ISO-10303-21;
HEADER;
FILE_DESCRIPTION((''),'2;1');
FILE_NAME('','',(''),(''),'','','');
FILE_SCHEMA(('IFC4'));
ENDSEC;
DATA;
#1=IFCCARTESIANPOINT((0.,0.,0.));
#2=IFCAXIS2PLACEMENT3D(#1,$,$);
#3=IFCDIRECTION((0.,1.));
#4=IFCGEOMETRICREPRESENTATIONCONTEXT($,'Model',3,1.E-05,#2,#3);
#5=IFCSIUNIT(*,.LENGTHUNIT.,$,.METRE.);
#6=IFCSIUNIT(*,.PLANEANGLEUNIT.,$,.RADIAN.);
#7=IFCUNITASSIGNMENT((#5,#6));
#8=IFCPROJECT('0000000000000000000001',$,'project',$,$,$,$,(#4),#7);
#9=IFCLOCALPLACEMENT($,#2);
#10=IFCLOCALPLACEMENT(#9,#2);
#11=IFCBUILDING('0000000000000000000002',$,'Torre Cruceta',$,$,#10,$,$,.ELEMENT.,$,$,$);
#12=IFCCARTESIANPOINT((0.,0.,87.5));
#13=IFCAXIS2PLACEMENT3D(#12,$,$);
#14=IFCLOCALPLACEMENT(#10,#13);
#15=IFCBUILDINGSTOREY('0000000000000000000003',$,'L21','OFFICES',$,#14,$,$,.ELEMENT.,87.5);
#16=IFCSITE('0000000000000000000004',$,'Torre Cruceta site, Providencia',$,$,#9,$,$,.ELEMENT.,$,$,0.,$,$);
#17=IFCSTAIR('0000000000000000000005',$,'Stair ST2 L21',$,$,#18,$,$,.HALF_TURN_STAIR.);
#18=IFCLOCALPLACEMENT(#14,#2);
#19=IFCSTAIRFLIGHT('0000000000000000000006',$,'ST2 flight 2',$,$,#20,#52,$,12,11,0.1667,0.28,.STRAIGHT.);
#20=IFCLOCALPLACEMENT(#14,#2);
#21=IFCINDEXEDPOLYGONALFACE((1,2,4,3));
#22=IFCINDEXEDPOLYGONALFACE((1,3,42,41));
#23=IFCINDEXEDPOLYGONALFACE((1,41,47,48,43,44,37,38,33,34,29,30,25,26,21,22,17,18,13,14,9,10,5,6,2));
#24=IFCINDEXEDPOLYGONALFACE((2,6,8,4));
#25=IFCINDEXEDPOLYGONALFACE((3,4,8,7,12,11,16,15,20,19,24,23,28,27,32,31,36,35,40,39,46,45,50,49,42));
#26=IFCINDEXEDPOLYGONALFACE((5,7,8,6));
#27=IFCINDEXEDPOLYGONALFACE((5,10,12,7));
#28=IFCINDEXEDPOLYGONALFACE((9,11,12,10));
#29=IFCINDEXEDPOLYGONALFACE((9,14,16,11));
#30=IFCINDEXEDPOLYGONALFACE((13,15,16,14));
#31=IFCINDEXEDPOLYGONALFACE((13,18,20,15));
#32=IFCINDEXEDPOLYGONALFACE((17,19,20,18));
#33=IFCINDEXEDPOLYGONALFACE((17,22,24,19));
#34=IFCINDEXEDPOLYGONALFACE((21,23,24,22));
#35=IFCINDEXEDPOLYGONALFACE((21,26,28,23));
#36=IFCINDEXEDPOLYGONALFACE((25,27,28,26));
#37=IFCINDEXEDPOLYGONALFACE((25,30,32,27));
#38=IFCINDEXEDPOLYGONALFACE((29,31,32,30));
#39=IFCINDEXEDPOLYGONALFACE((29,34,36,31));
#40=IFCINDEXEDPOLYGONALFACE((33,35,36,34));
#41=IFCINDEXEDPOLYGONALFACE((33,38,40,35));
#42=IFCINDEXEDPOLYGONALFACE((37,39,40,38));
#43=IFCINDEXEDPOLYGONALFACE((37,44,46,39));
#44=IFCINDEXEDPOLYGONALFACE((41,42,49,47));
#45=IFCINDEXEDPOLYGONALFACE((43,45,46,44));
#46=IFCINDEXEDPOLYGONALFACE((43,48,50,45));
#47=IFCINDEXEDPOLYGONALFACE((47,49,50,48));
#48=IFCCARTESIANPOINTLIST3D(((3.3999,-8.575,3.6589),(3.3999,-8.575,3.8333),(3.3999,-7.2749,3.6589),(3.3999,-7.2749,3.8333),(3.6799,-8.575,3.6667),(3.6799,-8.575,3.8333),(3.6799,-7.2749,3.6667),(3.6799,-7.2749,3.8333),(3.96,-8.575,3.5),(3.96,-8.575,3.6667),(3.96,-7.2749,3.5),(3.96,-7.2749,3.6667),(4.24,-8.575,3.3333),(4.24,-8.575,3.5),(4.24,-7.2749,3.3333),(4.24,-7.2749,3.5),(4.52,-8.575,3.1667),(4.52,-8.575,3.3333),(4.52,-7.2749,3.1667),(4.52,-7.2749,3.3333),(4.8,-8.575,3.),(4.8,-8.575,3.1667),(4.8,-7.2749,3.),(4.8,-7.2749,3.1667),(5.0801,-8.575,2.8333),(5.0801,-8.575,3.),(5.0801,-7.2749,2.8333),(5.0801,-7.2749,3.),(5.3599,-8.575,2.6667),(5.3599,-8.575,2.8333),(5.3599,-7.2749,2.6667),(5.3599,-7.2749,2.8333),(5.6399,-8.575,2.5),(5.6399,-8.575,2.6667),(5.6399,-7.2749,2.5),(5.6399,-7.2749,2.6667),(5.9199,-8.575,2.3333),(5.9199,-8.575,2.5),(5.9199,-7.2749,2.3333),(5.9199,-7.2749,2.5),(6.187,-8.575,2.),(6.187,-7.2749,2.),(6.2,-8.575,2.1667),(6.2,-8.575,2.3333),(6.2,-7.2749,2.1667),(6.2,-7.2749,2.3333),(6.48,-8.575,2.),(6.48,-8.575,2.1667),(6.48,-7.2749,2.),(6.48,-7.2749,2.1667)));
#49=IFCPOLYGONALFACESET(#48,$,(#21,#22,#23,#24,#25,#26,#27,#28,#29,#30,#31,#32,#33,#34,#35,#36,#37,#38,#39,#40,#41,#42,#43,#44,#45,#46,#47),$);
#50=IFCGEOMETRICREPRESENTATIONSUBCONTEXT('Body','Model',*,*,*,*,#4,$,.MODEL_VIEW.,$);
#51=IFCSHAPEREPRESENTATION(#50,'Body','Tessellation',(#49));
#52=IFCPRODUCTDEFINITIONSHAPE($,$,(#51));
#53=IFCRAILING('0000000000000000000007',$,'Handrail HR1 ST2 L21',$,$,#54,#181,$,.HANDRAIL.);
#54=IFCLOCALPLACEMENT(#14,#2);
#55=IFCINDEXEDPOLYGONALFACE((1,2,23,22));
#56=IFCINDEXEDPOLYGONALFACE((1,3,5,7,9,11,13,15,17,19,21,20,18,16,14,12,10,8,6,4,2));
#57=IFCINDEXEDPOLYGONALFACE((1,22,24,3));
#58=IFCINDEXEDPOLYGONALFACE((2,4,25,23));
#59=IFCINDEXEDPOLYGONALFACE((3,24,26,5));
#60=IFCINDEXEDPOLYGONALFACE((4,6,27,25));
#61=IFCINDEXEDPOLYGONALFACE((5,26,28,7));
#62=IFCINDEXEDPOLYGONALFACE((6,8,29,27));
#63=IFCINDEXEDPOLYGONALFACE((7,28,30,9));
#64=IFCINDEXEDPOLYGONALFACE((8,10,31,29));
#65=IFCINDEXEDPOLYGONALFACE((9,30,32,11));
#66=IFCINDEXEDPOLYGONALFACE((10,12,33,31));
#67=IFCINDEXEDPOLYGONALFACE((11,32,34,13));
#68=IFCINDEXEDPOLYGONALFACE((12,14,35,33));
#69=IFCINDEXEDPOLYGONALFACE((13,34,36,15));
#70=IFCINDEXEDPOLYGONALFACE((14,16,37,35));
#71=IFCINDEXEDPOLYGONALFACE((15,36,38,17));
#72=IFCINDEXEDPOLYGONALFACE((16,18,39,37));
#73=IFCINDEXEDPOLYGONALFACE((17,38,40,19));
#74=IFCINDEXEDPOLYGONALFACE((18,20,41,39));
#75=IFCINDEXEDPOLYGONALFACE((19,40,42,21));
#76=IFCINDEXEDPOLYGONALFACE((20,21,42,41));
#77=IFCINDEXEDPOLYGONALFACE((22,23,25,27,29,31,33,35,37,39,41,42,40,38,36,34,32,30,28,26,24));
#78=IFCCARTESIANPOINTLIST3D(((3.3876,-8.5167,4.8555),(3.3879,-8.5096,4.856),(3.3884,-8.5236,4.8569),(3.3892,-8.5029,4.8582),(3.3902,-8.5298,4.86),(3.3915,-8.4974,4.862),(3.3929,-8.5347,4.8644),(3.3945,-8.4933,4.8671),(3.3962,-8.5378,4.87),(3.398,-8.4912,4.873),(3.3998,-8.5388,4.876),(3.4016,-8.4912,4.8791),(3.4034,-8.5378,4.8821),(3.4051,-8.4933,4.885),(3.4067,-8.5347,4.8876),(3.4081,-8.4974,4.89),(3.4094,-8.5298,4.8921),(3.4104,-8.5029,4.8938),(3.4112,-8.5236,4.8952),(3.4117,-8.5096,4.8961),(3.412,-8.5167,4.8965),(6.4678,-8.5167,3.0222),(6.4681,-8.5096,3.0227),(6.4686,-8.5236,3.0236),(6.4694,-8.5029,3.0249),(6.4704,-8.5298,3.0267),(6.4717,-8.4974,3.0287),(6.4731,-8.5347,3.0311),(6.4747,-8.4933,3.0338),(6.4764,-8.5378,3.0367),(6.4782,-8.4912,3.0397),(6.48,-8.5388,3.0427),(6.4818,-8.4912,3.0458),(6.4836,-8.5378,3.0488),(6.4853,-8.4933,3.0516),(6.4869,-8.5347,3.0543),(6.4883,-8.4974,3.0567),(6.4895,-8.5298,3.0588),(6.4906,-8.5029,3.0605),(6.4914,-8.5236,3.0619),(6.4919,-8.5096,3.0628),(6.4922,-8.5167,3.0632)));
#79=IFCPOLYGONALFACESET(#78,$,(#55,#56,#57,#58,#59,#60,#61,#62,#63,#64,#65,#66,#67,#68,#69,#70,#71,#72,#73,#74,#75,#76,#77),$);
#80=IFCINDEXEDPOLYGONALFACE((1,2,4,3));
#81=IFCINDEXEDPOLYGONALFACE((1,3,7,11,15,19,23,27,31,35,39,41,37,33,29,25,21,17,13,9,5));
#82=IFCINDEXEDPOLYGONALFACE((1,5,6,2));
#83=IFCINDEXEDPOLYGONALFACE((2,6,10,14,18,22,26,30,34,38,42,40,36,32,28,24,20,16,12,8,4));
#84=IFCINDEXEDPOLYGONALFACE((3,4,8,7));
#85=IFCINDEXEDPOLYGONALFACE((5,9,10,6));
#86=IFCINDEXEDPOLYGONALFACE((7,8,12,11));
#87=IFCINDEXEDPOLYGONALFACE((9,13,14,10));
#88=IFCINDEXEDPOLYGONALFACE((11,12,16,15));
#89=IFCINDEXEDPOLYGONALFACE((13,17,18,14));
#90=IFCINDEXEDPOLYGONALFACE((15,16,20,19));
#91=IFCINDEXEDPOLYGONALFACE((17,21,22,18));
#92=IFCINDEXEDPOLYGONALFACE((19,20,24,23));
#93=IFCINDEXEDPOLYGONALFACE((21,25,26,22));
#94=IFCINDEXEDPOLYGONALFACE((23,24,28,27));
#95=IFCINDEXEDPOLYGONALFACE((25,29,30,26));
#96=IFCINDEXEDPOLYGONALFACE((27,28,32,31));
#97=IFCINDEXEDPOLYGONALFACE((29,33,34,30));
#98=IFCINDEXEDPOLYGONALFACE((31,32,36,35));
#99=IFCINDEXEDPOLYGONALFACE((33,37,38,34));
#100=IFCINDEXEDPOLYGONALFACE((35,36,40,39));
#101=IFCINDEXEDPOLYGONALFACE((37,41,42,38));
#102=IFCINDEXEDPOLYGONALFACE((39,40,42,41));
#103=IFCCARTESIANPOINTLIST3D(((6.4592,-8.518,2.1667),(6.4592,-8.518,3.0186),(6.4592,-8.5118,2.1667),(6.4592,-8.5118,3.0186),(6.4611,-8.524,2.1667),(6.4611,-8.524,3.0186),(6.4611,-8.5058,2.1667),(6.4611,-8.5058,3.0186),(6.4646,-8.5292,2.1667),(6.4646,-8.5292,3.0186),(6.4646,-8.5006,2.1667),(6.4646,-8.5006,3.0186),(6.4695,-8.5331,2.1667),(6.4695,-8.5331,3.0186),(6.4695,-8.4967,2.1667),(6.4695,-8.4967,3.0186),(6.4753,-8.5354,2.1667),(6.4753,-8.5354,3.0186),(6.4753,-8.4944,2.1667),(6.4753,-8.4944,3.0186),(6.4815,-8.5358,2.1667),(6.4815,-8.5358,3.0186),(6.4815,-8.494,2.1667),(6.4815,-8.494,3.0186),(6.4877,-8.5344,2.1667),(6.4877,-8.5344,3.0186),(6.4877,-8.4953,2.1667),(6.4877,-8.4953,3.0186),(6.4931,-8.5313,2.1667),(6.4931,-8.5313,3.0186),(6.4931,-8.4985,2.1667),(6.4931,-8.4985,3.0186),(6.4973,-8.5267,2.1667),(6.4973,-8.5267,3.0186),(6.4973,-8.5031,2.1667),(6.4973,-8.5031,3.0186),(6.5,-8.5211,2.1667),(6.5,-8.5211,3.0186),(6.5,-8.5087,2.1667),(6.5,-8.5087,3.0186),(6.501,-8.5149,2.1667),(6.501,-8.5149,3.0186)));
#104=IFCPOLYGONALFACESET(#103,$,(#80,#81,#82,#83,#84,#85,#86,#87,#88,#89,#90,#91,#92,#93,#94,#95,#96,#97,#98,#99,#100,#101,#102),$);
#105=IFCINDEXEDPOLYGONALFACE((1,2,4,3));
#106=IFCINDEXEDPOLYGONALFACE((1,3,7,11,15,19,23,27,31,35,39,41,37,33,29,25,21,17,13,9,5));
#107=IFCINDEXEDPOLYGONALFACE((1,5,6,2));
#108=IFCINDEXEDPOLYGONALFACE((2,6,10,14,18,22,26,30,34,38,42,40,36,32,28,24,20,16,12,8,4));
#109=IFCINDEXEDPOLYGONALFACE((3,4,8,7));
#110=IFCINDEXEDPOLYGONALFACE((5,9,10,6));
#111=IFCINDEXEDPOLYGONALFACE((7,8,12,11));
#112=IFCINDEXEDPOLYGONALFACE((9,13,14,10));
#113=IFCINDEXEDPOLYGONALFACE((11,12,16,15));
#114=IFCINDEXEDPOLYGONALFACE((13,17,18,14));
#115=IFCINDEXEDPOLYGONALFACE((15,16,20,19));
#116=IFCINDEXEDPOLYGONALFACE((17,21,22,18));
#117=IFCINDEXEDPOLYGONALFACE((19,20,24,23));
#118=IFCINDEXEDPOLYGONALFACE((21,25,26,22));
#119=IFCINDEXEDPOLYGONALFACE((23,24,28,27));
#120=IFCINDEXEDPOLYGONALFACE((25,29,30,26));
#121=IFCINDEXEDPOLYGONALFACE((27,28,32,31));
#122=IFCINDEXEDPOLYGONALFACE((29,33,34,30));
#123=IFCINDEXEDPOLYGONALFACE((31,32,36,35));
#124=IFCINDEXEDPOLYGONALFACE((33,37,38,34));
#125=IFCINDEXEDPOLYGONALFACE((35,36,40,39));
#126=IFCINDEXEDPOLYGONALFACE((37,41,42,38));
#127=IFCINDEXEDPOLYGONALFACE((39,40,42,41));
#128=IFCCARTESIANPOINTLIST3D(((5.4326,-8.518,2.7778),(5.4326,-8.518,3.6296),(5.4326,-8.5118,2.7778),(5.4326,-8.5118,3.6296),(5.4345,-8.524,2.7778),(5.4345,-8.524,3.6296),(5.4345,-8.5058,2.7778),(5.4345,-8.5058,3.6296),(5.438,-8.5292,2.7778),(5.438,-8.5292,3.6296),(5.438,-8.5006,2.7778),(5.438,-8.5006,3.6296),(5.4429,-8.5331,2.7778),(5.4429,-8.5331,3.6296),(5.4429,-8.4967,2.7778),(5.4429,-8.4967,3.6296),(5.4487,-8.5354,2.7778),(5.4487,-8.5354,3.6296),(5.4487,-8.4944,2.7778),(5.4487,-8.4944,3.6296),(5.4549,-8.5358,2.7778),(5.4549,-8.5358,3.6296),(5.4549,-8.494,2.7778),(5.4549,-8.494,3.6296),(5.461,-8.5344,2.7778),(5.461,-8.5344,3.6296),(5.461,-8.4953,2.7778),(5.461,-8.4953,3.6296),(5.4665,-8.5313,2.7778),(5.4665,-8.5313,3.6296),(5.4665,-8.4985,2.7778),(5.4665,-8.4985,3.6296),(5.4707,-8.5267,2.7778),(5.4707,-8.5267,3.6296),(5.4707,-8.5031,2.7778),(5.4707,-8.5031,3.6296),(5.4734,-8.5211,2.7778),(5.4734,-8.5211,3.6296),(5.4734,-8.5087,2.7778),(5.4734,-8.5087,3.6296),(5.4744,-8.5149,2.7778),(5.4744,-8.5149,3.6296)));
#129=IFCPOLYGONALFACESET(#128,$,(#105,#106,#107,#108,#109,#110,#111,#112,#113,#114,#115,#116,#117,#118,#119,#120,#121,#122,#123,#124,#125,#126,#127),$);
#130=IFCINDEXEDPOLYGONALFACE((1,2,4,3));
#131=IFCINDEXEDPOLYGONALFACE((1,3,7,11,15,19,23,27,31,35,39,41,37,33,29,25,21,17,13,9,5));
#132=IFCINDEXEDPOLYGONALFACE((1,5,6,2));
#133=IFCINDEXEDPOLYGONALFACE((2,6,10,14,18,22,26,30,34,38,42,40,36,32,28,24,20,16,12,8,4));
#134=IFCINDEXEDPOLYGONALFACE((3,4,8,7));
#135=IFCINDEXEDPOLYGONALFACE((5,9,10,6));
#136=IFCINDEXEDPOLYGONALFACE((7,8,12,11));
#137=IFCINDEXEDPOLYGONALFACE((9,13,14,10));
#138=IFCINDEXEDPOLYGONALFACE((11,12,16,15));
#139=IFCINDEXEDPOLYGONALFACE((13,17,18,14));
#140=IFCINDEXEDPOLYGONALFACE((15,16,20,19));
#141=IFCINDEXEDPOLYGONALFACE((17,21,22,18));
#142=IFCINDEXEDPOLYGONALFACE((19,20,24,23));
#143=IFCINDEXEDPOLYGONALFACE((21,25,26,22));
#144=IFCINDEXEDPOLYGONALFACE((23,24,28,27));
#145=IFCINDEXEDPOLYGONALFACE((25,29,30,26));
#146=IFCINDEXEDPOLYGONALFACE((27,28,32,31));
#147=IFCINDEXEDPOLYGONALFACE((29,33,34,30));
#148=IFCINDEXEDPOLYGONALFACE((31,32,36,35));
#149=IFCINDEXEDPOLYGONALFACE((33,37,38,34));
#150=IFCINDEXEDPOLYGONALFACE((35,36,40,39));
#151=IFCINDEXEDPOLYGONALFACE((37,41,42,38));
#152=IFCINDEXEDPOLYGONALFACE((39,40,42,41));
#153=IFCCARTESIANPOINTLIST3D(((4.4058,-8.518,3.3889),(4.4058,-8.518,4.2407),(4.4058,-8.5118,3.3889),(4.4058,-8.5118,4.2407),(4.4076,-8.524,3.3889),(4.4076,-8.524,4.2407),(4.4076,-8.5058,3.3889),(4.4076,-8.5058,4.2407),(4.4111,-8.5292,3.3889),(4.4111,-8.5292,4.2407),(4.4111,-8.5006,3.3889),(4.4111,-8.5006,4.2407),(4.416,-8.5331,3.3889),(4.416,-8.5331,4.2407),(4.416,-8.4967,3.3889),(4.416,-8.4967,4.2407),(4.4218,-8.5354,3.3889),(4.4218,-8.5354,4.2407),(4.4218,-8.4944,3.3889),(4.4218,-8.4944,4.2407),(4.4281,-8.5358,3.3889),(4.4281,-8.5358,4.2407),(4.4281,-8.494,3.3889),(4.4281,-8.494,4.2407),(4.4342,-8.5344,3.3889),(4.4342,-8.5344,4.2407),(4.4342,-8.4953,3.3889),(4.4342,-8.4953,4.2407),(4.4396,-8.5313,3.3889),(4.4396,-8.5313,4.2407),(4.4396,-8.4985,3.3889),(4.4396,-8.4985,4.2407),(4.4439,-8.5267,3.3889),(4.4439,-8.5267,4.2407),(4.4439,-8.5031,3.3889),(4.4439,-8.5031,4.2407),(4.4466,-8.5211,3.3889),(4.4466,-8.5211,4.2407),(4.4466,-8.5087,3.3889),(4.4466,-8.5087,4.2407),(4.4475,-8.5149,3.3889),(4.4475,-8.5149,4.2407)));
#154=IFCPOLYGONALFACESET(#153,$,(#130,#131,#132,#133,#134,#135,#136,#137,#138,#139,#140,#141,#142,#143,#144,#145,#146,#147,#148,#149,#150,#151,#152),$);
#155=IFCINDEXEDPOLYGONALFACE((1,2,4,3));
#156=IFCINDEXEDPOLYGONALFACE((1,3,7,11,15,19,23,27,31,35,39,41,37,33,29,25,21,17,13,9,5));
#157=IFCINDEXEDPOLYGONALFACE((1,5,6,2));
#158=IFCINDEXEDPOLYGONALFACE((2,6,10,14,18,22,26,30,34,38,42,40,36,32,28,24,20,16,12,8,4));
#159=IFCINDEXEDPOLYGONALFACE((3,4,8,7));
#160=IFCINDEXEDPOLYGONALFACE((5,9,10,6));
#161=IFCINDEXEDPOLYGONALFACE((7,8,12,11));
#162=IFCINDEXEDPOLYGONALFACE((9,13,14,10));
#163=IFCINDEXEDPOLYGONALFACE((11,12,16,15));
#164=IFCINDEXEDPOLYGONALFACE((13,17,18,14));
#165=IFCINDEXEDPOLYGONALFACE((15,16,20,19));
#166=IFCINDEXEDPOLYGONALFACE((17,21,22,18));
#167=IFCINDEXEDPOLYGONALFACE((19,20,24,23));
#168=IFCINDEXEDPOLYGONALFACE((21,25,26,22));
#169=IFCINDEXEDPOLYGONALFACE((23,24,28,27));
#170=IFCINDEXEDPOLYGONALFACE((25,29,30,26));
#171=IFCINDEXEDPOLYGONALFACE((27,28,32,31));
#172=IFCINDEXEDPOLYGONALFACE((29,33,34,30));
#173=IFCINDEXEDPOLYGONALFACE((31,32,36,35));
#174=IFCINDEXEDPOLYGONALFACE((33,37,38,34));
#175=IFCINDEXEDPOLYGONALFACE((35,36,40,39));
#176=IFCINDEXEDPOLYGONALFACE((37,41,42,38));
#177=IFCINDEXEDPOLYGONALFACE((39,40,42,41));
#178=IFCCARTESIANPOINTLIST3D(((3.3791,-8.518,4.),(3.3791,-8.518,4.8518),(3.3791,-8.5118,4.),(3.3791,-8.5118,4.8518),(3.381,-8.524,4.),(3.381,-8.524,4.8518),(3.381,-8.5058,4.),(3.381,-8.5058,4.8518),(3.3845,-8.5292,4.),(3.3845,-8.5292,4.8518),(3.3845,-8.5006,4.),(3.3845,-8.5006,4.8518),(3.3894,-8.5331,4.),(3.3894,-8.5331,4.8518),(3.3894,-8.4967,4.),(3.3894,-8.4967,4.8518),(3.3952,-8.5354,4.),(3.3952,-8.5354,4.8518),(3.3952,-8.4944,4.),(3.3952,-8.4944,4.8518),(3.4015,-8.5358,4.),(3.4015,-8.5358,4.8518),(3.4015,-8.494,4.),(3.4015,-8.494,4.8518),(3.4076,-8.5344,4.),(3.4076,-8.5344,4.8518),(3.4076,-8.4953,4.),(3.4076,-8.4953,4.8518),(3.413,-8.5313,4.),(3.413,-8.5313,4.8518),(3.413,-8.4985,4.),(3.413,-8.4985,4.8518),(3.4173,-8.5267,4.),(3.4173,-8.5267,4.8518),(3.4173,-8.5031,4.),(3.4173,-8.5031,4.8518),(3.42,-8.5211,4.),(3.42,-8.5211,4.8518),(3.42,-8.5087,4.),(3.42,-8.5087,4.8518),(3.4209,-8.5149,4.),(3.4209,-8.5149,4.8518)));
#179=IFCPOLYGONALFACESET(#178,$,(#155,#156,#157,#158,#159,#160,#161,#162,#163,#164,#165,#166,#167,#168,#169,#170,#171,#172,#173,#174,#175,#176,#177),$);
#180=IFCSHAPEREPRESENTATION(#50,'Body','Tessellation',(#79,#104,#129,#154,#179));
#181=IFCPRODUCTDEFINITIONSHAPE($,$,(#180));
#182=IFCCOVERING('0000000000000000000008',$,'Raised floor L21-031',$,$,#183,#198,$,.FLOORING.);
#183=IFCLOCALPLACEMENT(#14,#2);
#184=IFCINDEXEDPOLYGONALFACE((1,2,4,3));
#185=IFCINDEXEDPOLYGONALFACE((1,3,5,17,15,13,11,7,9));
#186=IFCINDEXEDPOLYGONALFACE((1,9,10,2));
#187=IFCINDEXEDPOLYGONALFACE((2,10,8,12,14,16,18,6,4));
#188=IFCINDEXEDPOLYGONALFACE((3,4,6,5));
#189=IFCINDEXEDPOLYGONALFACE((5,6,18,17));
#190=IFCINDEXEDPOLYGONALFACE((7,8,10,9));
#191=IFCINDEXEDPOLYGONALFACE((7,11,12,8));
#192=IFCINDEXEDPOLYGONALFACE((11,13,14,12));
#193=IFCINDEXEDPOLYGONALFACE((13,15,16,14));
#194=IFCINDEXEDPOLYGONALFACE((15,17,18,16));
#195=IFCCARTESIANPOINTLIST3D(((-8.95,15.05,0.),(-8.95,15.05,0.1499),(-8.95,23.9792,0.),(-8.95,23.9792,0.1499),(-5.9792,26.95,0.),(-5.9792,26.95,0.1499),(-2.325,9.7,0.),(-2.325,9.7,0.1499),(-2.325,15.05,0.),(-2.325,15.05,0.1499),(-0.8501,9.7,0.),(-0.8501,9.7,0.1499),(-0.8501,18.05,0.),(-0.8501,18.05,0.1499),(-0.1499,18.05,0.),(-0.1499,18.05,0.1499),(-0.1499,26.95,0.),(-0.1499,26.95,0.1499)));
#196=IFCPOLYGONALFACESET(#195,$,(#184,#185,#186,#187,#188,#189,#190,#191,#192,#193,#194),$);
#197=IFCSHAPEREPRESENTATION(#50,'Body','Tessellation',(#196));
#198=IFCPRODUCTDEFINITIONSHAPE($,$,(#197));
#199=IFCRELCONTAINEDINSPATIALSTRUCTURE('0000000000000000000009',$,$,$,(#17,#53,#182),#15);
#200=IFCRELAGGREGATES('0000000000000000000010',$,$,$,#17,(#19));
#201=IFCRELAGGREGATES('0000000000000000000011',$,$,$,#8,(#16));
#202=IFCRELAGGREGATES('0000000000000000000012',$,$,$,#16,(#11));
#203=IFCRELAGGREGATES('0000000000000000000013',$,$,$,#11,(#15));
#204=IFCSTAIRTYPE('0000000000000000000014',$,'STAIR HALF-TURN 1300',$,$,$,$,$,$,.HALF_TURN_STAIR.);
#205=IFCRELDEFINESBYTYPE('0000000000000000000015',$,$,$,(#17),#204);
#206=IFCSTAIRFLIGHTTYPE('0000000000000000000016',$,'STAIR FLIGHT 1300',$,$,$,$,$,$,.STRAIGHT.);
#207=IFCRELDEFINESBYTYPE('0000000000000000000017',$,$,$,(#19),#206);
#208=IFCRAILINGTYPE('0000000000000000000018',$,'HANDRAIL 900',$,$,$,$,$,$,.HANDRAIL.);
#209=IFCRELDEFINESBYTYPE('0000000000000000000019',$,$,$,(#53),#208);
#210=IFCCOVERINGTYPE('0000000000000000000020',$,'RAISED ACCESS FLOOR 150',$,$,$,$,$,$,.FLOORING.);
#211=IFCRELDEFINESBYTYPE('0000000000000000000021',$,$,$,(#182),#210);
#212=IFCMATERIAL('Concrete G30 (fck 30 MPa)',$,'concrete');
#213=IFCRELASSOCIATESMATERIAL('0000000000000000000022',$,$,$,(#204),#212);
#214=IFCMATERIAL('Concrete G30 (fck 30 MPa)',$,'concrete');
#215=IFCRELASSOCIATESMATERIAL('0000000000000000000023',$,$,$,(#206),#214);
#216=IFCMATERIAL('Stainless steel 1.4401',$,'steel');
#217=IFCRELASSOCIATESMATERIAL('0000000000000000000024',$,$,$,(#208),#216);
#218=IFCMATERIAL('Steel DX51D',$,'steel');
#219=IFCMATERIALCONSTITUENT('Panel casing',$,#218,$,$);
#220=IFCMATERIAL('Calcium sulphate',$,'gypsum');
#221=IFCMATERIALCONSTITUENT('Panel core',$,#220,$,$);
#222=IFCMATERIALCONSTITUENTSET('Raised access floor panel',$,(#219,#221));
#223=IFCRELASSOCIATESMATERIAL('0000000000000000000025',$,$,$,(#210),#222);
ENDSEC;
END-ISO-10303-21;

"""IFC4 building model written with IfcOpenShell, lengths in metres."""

from ifc_helpers import new_model, si_unit, direction, frame, origin, origin_2d, place, context, subcontext, project, spatial, polyline, circle, outline, extrude, material, constituent, constituent_set, type_object, element, aggregate, save


model = new_model("IFC4")

# Units and contexts
model_context = context("Model", 3, precision=1e-05, world=origin(), true_north=direction((0.0, 1.0)))
body_context = subcontext(model_context, "Body", "Model", "MODEL_VIEW")
ifc_project = project(units=[si_unit("LENGTHUNIT", "METRE"), si_unit("PLANEANGLEUNIT", "RADIAN")], contexts=[model_context])

# Site, building, storey
site_placement = place(None, origin())
site = spatial("IfcSite", under=ifc_project, at=site_placement, Name="Torre Cruceta site, Providencia", CompositionType="ELEMENT", RefElevation=0.0)
building_placement = place(site_placement, origin())
building = spatial("IfcBuilding", under=site, at=building_placement, Name="Torre Cruceta", CompositionType="ELEMENT")
storey_placement = place(building_placement, frame((0.0, 0.0, 87.5)))
storey = spatial("IfcBuildingStorey", under=building, at=storey_placement, Name="L21", Description="OFFICES", CompositionType="ELEMENT", Elevation=87.5)

# Stair, stair flight
ifc_material_1 = material(Name="Concrete G30 (fck 30 MPa)", Category="concrete")
stair_type = type_object("IfcStairType", Name="STAIR HALF-TURN 1300", PredefinedType="HALF_TURN_STAIR", material=ifc_material_1)
stair_placement = place(storey_placement, origin())
stair = element("IfcStair", 1, at=stair_placement, inside=storey, type_object=stair_type, Name="Stair ST2 L21", PredefinedType="HALF_TURN_STAIR")
ifc_material_2 = material(Name="Concrete G30 (fck 30 MPa)", Category="concrete")
stair_flight_type = type_object("IfcStairFlightType", Name="STAIR FLIGHT 1300", PredefinedType="STRAIGHT", material=ifc_material_2)
stair_flight_1_placement = place(storey_placement, frame((6.48, -7.925, 2.0), z_axis=(0.0, 0.0, 1.0), x_axis=(-1.0, 0.0, 0.0)))
stair_flight_1 = element("IfcStairFlight", 2, at=stair_flight_1_placement, type_object=stair_flight_type, Name="ST2 flight 2", NumberOfRisers=12, NumberOfTreads=11, PredefinedType="STRAIGHT", RiserHeight=0.1667, TreadLength=0.28, context=body_context, shape_type="SweptSolid", body=[
    extrude(outline(polyline([(0.0, 0.0), (0.0, 0.1667), (0.28, 0.1667), (0.28, 0.3333), (0.5601, 0.3333), (0.5601, 0.5), (0.8401, 0.5), (0.8401, 0.6667), (1.1201, 0.6667), (1.1201, 0.8333), (1.3999, 0.8333), (1.3999, 1.0), (1.6799, 1.0), (1.6799, 1.1667), (1.96, 1.1667), (1.96, 1.3333), (2.24, 1.3333), (2.24, 1.5), (2.52, 1.5), (2.52, 1.6667), (2.8, 1.6667), (2.8, 1.8333), (3.0801, 1.8333), (3.0801, 2.0), (3.0801, 1.6589), (0.293, 0.0), (0.0, 0.0)])), frame((0.0, 0.6499, 0.0), z_axis=(0.0, -1.0, 0.0), x_axis=(1.0, 0.0, 0.0)), (0.0, 0.0, 1.0), 1.3),
])
aggregate(stair, [stair_flight_1])

# Railing
ifc_material_3 = material(Name="Stainless steel 1.4401", Category="steel")
railing_type = type_object("IfcRailingType", Name="HANDRAIL 900", PredefinedType="HANDRAIL", material=ifc_material_3)
railing_1_placement = place(storey_placement, frame((6.48, -8.5149, 2.1667)))
element("IfcRailing", 3, at=railing_1_placement, inside=storey, type_object=railing_type, Name="Handrail HR1 ST2 L21", PredefinedType="HANDRAIL", context=body_context, shape_type="SweptSolid", body=[
    extrude(circle(Radius=0.0239, at=origin_2d()), frame((0.0, 0.0, 0.876), z_axis=(-0.859309, 0.0, 0.511458), x_axis=(0.0, -1.0, 0.0)), (0.0, 0.0, 1.0), 3.5845),
    extrude(circle(Radius=0.021, at=origin_2d()), origin(), (0.0, 0.0, 1.0), 0.8518),
    extrude(circle(Radius=0.021, at=origin_2d()), frame((-1.0266, 0.0, 0.6111)), (0.0, 0.0, 1.0), 0.8518),
    extrude(circle(Radius=0.021, at=origin_2d()), frame((-2.0535, 0.0, 1.2222)), (0.0, 0.0, 1.0), 0.8518),
    extrude(circle(Radius=0.021, at=origin_2d()), frame((-3.0801, 0.0, 1.8333)), (0.0, 0.0, 1.0), 0.8518),
])

# Covering
ifc_material_4 = material(Name="Steel DX51D", Category="steel")
ifc_constituent_1 = constituent(ifc_material_4, Name="Panel casing")
ifc_material_5 = material(Name="Calcium sulphate", Category="gypsum")
ifc_constituent_2 = constituent(ifc_material_5, Name="Panel core")
ifc_constituent_set_1 = constituent_set(constituents=[ifc_constituent_1, ifc_constituent_2], Name="Raised access floor panel")
covering_type_1 = type_object("IfcCoveringType", Name="RAISED ACCESS FLOOR 150", PredefinedType="FLOORING", material=ifc_constituent_set_1)
covering_1_placement = place(storey_placement, origin())
element("IfcCovering", 4, at=covering_1_placement, inside=storey, type_object=covering_type_1, Name="Raised floor L21-031", PredefinedType="FLOORING", context=body_context, shape_type="SweptSolid", body=[
    extrude(outline(polyline([(-0.1499, 26.95), (-0.1499, 18.05), (-0.8501, 18.05), (-0.8501, 9.7), (-2.325, 9.7), (-2.325, 15.05), (-8.95, 15.05), (-8.95, 23.9792), (-5.9792, 26.95), (-0.1499, 26.95)])), origin(), (0.0, 0.0, 1.0), 0.1499),
])

save(model, "model.ifc")
